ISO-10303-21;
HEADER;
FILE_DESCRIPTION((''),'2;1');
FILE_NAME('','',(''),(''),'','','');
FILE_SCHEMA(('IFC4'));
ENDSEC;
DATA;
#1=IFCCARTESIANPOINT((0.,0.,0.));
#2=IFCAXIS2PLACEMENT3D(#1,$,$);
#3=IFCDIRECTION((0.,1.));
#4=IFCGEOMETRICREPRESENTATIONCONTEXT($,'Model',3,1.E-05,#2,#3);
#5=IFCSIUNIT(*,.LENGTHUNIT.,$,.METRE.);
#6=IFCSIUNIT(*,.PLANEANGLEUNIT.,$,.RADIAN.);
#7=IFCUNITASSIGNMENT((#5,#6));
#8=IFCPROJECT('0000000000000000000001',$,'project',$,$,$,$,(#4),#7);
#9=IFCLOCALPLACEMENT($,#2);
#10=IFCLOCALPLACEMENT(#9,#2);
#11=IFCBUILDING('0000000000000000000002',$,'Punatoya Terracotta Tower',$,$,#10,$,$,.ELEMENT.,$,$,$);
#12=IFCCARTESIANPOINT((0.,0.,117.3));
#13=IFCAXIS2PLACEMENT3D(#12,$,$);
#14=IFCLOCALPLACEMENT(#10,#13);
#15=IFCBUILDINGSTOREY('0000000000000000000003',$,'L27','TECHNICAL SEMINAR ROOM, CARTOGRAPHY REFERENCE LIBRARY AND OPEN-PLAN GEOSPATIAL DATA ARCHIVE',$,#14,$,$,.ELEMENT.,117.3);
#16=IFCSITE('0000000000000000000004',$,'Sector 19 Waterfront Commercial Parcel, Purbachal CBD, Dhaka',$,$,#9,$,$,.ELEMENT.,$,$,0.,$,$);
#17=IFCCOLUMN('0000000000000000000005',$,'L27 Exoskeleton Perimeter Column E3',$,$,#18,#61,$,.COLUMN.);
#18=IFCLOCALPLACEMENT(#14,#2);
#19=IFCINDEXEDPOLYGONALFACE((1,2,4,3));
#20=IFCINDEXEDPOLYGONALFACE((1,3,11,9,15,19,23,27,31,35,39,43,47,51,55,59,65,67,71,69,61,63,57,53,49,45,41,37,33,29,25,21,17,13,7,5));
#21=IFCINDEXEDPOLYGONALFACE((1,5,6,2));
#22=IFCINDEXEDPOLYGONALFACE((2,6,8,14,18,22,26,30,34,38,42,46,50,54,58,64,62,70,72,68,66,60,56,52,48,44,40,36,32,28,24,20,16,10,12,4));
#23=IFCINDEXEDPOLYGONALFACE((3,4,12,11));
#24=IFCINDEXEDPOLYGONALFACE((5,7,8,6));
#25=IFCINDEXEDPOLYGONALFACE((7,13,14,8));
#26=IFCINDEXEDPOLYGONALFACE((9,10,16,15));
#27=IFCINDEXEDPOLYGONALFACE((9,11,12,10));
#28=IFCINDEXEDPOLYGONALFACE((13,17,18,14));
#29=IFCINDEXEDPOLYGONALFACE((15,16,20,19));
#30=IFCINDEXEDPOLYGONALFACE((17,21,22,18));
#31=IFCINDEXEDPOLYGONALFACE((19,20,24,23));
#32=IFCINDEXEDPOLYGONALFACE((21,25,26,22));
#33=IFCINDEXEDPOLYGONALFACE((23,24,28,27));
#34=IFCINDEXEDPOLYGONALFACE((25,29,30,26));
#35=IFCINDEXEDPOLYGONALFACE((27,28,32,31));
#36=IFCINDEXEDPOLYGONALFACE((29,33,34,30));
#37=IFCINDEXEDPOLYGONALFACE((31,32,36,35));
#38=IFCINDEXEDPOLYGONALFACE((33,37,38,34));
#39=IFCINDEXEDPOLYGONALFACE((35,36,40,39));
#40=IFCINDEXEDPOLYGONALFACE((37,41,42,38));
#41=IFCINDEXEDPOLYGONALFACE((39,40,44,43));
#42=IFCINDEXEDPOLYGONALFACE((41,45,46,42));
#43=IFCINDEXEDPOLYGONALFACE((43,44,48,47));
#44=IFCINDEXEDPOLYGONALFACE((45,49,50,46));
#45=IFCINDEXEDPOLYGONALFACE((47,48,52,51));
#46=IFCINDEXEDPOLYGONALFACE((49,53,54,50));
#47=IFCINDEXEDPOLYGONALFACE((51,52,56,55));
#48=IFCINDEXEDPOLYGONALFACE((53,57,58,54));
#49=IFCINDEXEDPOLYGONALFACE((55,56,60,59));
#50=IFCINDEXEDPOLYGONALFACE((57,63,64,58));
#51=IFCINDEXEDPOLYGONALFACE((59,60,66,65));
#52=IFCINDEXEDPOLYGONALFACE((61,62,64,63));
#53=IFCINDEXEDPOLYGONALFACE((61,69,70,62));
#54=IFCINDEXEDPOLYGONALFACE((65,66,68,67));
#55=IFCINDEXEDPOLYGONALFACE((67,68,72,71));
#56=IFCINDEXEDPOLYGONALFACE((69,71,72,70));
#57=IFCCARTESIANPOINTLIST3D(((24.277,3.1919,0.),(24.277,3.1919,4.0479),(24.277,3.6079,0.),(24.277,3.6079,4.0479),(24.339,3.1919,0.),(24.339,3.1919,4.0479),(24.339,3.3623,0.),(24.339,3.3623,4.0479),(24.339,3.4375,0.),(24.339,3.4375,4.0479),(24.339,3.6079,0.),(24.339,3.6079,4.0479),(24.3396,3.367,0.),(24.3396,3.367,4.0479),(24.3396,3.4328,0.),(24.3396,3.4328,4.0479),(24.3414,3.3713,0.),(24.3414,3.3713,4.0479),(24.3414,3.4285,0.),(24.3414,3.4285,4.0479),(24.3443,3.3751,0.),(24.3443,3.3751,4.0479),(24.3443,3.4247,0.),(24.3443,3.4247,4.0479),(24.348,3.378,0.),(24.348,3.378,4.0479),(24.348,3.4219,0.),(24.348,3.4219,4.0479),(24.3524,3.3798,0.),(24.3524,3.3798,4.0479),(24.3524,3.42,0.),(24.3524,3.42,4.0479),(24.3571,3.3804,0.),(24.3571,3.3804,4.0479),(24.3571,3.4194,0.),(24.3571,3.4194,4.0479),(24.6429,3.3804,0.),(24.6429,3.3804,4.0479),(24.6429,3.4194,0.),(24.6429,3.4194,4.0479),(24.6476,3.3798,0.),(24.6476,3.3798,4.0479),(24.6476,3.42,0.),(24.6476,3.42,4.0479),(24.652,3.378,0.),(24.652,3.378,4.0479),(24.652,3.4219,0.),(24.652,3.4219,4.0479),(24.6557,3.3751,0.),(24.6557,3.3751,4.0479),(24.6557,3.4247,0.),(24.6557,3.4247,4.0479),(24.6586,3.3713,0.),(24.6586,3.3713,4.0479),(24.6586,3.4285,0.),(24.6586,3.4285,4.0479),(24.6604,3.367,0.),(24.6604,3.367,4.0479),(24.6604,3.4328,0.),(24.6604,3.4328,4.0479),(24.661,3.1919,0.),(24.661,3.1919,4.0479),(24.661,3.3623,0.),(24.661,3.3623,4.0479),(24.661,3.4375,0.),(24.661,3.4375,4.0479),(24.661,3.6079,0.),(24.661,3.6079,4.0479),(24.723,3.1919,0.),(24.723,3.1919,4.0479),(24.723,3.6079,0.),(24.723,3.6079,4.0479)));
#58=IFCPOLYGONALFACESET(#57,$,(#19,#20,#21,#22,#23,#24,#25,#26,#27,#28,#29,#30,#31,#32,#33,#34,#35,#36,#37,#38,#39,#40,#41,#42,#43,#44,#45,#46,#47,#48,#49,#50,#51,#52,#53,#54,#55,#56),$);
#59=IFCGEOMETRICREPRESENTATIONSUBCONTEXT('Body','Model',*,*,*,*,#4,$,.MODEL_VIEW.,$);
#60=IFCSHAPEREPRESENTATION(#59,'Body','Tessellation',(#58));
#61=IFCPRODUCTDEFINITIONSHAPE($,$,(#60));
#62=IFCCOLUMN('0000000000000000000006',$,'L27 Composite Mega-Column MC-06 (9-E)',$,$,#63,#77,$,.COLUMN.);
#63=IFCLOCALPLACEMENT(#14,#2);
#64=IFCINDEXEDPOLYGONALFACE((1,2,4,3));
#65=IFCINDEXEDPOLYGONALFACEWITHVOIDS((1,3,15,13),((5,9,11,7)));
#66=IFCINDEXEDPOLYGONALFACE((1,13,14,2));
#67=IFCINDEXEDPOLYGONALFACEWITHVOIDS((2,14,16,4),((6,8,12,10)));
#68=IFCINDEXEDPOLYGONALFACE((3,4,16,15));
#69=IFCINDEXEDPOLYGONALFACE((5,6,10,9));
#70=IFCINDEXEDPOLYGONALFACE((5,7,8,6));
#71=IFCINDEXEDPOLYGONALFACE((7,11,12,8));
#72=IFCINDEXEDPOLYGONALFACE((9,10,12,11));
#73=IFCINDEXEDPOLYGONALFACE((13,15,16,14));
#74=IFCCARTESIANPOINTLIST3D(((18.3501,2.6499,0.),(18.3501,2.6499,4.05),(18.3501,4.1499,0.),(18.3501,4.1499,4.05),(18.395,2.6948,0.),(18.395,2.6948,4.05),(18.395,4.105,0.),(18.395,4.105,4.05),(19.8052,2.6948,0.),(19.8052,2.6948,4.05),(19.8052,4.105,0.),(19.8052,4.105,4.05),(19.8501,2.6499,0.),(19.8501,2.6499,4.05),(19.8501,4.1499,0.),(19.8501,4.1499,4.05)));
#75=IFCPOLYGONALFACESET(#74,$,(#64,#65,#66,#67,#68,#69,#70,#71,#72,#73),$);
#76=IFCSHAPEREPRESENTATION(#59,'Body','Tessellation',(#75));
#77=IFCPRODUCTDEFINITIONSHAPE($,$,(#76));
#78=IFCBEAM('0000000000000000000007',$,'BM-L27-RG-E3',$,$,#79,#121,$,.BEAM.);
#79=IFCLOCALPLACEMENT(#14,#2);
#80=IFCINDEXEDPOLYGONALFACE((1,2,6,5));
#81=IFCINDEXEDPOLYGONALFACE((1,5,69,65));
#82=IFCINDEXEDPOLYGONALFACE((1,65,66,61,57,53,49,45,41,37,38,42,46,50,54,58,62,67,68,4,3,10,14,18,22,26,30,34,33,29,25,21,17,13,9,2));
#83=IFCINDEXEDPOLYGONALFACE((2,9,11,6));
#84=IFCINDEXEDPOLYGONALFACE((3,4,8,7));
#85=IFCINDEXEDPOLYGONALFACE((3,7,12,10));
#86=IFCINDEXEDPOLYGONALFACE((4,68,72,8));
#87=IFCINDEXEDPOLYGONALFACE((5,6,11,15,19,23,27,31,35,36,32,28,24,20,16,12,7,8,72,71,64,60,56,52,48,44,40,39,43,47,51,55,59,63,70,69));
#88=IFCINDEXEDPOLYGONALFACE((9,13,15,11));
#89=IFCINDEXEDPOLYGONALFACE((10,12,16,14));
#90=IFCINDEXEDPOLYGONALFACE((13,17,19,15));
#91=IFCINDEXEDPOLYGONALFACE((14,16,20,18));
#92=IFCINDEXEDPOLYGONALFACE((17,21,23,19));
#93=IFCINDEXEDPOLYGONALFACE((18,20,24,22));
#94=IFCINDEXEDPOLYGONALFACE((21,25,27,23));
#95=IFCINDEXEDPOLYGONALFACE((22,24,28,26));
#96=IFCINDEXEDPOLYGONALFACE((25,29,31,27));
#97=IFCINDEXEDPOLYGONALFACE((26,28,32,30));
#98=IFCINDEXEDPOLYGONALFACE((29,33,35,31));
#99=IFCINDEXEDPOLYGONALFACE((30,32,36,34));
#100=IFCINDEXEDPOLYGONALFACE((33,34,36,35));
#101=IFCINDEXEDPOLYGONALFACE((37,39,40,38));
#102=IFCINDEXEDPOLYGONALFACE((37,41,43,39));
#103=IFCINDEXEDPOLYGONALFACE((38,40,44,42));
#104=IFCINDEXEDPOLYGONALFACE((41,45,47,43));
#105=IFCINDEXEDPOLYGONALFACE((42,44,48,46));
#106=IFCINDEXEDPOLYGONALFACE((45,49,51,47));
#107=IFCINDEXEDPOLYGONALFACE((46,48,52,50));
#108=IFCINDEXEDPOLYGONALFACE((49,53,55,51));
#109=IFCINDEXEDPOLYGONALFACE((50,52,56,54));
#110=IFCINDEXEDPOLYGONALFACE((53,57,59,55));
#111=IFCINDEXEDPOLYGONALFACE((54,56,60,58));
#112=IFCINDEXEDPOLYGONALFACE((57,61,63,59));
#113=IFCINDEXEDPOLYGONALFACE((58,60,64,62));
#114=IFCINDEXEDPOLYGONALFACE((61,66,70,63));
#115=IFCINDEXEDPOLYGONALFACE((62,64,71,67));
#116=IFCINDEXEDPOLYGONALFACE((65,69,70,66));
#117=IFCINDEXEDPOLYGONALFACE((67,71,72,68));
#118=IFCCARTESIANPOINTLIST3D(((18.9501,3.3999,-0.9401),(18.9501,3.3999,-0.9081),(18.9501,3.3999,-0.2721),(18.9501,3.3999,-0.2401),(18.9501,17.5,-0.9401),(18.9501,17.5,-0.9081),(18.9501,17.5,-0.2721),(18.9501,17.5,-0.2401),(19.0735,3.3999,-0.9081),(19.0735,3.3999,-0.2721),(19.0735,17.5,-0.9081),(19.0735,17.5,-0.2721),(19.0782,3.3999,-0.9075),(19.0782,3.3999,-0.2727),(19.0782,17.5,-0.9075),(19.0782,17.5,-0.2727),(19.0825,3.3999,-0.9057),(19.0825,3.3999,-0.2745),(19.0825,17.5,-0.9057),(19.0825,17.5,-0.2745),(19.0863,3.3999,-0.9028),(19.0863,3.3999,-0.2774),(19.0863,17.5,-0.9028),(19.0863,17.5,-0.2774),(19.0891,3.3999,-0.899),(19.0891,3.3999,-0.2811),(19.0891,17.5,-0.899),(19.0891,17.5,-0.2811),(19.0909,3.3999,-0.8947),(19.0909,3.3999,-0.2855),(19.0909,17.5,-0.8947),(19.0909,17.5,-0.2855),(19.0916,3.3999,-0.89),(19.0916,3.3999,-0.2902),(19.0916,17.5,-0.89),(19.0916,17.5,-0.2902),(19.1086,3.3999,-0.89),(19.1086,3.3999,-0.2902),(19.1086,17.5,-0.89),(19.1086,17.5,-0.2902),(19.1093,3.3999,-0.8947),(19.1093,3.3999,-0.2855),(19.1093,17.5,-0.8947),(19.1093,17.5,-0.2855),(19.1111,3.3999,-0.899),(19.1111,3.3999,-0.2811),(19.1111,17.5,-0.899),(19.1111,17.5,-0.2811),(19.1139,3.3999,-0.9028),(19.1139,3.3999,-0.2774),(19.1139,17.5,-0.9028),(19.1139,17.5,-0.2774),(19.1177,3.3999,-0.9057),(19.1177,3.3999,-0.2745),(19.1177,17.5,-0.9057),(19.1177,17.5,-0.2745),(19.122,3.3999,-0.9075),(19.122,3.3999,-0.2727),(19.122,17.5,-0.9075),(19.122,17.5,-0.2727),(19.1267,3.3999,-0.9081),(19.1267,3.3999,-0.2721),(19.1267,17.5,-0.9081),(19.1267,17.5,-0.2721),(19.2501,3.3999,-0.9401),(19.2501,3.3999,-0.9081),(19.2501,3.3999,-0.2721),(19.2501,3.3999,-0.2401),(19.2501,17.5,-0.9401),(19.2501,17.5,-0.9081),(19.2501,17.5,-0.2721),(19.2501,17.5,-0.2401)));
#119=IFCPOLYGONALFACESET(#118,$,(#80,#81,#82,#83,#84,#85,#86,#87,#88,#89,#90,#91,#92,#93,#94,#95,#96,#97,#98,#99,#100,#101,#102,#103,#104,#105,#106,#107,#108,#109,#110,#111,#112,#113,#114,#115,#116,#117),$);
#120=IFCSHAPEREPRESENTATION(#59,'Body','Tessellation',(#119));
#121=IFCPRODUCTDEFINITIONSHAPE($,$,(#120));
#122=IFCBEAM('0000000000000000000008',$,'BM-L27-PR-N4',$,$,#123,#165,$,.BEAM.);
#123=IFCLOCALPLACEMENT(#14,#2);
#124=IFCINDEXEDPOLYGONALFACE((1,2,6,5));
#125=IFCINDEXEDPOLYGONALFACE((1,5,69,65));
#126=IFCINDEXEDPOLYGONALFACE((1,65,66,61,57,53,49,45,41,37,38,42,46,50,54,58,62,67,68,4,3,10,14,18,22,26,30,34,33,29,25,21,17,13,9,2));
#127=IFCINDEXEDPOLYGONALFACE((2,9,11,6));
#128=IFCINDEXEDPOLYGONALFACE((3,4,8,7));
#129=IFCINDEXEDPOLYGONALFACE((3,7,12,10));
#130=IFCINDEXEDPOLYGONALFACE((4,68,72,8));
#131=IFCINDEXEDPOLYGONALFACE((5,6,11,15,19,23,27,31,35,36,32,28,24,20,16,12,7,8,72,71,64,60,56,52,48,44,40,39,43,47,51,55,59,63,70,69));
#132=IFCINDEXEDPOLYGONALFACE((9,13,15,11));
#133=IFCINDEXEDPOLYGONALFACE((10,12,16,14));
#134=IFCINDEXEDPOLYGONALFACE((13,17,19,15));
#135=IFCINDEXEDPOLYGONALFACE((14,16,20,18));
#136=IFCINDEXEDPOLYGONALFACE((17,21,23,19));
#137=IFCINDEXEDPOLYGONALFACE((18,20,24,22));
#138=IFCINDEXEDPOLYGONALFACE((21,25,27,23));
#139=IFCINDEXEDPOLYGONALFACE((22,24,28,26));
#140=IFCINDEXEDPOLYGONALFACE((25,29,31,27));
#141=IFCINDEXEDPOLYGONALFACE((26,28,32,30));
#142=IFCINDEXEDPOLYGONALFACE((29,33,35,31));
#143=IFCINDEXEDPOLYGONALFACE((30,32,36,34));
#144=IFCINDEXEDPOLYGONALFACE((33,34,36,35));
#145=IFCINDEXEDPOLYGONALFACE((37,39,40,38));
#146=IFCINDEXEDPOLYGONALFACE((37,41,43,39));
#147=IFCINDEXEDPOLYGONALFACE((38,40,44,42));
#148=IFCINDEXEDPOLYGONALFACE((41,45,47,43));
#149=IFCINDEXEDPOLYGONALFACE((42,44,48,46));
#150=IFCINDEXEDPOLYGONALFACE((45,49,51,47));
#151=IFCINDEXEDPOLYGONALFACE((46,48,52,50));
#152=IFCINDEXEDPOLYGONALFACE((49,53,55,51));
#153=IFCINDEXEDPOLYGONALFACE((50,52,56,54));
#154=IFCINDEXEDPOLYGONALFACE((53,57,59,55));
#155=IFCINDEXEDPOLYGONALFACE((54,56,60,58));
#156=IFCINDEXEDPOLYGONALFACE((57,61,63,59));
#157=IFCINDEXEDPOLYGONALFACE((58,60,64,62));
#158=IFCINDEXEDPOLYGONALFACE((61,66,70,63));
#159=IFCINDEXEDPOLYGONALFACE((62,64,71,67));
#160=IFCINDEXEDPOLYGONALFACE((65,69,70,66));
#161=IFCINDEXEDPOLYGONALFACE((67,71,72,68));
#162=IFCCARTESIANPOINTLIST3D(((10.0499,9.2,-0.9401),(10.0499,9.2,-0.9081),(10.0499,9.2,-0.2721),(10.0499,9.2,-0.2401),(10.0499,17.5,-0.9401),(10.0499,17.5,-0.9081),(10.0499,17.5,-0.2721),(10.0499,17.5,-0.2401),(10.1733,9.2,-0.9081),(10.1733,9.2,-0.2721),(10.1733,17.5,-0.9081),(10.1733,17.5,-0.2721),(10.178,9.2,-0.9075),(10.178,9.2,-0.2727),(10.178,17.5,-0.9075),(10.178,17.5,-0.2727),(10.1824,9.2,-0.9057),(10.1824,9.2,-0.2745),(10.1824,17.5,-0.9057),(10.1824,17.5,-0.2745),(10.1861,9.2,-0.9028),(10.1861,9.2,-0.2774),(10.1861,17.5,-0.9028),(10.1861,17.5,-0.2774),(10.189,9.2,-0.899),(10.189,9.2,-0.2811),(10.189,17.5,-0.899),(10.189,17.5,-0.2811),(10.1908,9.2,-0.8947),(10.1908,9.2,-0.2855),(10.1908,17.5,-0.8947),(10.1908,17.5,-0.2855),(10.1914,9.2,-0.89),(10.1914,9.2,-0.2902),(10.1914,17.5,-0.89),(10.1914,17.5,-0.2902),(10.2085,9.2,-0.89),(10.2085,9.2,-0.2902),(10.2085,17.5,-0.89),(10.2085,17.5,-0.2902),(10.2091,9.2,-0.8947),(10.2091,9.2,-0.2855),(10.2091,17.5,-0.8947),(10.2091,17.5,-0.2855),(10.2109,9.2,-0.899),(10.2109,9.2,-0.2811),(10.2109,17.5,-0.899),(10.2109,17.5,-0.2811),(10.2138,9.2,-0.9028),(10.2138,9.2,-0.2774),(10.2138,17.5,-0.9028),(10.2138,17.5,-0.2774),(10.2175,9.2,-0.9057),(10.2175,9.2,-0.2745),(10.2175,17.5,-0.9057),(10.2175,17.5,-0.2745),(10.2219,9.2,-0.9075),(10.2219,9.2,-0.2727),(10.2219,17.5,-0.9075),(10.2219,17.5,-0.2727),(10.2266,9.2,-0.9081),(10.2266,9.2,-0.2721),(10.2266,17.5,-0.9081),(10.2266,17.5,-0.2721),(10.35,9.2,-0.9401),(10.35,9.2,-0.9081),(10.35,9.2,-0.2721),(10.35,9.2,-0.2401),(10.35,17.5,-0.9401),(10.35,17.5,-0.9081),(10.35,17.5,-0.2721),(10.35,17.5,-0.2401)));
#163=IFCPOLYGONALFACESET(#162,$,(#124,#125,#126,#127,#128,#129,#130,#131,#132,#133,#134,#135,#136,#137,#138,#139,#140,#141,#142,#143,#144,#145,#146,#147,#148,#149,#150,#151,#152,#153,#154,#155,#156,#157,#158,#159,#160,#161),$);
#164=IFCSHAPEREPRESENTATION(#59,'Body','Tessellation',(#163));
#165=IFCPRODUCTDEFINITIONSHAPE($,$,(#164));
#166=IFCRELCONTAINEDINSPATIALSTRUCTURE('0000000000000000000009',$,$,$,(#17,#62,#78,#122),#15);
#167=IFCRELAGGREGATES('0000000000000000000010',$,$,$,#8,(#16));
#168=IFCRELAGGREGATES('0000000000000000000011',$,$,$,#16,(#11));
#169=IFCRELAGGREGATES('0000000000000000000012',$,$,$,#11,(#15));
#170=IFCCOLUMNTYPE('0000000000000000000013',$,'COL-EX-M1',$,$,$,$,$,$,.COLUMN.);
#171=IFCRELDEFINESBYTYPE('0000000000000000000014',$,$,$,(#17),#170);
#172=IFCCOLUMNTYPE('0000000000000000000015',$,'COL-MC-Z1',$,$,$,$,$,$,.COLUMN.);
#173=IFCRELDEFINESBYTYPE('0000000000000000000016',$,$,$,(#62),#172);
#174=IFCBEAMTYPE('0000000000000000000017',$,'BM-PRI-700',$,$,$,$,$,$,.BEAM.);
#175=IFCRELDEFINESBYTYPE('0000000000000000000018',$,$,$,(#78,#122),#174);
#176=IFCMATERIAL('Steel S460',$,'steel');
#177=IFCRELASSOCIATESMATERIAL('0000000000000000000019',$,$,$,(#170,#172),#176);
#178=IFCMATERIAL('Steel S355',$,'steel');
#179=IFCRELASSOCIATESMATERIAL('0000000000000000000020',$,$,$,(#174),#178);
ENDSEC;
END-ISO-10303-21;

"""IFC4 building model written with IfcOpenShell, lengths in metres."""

from ifc_helpers import new_model, si_unit, direction, frame, origin, origin_2d, place, context, subcontext, project, spatial, hollow_rectangle, i_section, extrude, material, material_profile, profile_set, type_object, element, save


model = new_model("IFC4")

# Units and contexts
model_context = context("Model", 3, precision=1e-05, world=origin(), true_north=direction((0.0, 1.0)))
body_context = subcontext(model_context, "Body", "Model", "MODEL_VIEW")
ifc_project = project(units=[si_unit("LENGTHUNIT", "METRE"), si_unit("PLANEANGLEUNIT", "RADIAN")], contexts=[model_context])

# Site, building, storey
site_placement = place(None, origin())
site = spatial("IfcSite", under=ifc_project, at=site_placement, Name="Sector 19 Waterfront Commercial Parcel, Purbachal CBD, Dhaka", CompositionType="ELEMENT", RefElevation=0.0)
building_placement = place(site_placement, origin())
building = spatial("IfcBuilding", under=site, at=building_placement, Name="Punatoya Terracotta Tower", CompositionType="ELEMENT")
storey_placement = place(building_placement, frame((0.0, 0.0, 117.3)))
storey = spatial("IfcBuildingStorey", under=building, at=storey_placement, Name="L27", Description="TECHNICAL SEMINAR ROOM, CARTOGRAPHY REFERENCE LIBRARY AND OPEN-PLAN GEOSPATIAL DATA ARCHIVE", CompositionType="ELEMENT", Elevation=117.3)

# Columns
ifc_material_1 = material(Name="Steel S460", Category="steel")
ifc_material_profile_1 = material_profile(ifc_material_1, i_section(OverallWidth=0.416, OverallDepth=0.446, WebThickness=0.0391, FlangeThickness=0.062, FilletRadius=0.0181, at=origin_2d()))
ifc_profile_set_1 = profile_set([ifc_material_profile_1], Name="Steel S460")
column_type_1 = type_object("IfcColumnType", Name="COL-EX-M1", PredefinedType="COLUMN", material=ifc_profile_set_1)
column_1_placement = place(storey_placement, frame((24.5, 3.3999, 0.0), z_axis=(0.0, 0.0, 1.0), x_axis=(0.0, 1.0, 0.0)))
element("IfcColumn", 1, at=column_1_placement, inside=storey, type_object=column_type_1, Name="L27 Exoskeleton Perimeter Column E3", PredefinedType="COLUMN", context=body_context, shape_type="SweptSolid", body=[
    extrude(i_section(OverallWidth=0.416, OverallDepth=0.446, WebThickness=0.0391, FlangeThickness=0.062, FilletRadius=0.0181, at=origin_2d()), origin(), (0.0, 0.0, 1.0), 4.0479),
])
ifc_material_profile_2 = material_profile(ifc_material_1, hollow_rectangle(XDim=1.5, YDim=1.5, WallThickness=0.0449, at=origin_2d()))
ifc_profile_set_2 = profile_set([ifc_material_profile_2], Name="Steel S460")
column_type_2 = type_object("IfcColumnType", Name="COL-MC-Z1", PredefinedType="COLUMN", material=ifc_profile_set_2)
column_2_placement = place(storey_placement, frame((19.1001, 3.3999, 0.0), z_axis=(0.0, 0.0, 1.0), x_axis=(1.0, 0.0, 0.0)))
element("IfcColumn", 2, at=column_2_placement, inside=storey, type_object=column_type_2, Name="L27 Composite Mega-Column MC-06 (9-E)", PredefinedType="COLUMN", context=body_context, shape_type="SweptSolid", body=[
    extrude(hollow_rectangle(XDim=1.5, YDim=1.5, WallThickness=0.0449, at=origin_2d()), origin(), (0.0, 0.0, 1.0), 4.05),
])

# Beams
ifc_material_2 = material(Name="Steel S355", Category="steel")
ifc_material_profile_3 = material_profile(ifc_material_2, i_section(OverallWidth=0.3, OverallDepth=0.7, WebThickness=0.0171, FlangeThickness=0.032, FilletRadius=0.0181, at=origin_2d()))
ifc_profile_set_3 = profile_set([ifc_material_profile_3], Name="Steel S355")
beam_type_1 = type_object("IfcBeamType", Name="BM-PRI-700", PredefinedType="BEAM", material=ifc_profile_set_3)
beam_1_placement = place(storey_placement, frame((19.1001, 3.3999, -0.5901), z_axis=(0.0, 1.0, 0.0), x_axis=(-1.0, 0.0, 0.0)))
element("IfcBeam", 3, at=beam_1_placement, inside=storey, type_object=beam_type_1, Name="BM-L27-RG-E3", PredefinedType="BEAM", context=body_context, shape_type="SweptSolid", body=[
    extrude(i_section(OverallWidth=0.3, OverallDepth=0.7, WebThickness=0.0171, FlangeThickness=0.032, FilletRadius=0.0181, at=origin_2d()), origin(), (0.0, 0.0, 1.0), 14.1001),
])
beam_2_placement = place(storey_placement, frame((10.2, 9.2, -0.5901), z_axis=(0.0, 1.0, 0.0), x_axis=(-1.0, 0.0, 0.0)))
element("IfcBeam", 4, at=beam_2_placement, inside=storey, type_object=beam_type_1, Name="BM-L27-PR-N4", PredefinedType="BEAM", context=body_context, shape_type="SweptSolid", body=[
    extrude(i_section(OverallWidth=0.3, OverallDepth=0.7, WebThickness=0.0171, FlangeThickness=0.032, FilletRadius=0.0181, at=origin_2d()), origin(), (0.0, 0.0, 1.0), 8.3),
])

save(model, "model.ifc")
